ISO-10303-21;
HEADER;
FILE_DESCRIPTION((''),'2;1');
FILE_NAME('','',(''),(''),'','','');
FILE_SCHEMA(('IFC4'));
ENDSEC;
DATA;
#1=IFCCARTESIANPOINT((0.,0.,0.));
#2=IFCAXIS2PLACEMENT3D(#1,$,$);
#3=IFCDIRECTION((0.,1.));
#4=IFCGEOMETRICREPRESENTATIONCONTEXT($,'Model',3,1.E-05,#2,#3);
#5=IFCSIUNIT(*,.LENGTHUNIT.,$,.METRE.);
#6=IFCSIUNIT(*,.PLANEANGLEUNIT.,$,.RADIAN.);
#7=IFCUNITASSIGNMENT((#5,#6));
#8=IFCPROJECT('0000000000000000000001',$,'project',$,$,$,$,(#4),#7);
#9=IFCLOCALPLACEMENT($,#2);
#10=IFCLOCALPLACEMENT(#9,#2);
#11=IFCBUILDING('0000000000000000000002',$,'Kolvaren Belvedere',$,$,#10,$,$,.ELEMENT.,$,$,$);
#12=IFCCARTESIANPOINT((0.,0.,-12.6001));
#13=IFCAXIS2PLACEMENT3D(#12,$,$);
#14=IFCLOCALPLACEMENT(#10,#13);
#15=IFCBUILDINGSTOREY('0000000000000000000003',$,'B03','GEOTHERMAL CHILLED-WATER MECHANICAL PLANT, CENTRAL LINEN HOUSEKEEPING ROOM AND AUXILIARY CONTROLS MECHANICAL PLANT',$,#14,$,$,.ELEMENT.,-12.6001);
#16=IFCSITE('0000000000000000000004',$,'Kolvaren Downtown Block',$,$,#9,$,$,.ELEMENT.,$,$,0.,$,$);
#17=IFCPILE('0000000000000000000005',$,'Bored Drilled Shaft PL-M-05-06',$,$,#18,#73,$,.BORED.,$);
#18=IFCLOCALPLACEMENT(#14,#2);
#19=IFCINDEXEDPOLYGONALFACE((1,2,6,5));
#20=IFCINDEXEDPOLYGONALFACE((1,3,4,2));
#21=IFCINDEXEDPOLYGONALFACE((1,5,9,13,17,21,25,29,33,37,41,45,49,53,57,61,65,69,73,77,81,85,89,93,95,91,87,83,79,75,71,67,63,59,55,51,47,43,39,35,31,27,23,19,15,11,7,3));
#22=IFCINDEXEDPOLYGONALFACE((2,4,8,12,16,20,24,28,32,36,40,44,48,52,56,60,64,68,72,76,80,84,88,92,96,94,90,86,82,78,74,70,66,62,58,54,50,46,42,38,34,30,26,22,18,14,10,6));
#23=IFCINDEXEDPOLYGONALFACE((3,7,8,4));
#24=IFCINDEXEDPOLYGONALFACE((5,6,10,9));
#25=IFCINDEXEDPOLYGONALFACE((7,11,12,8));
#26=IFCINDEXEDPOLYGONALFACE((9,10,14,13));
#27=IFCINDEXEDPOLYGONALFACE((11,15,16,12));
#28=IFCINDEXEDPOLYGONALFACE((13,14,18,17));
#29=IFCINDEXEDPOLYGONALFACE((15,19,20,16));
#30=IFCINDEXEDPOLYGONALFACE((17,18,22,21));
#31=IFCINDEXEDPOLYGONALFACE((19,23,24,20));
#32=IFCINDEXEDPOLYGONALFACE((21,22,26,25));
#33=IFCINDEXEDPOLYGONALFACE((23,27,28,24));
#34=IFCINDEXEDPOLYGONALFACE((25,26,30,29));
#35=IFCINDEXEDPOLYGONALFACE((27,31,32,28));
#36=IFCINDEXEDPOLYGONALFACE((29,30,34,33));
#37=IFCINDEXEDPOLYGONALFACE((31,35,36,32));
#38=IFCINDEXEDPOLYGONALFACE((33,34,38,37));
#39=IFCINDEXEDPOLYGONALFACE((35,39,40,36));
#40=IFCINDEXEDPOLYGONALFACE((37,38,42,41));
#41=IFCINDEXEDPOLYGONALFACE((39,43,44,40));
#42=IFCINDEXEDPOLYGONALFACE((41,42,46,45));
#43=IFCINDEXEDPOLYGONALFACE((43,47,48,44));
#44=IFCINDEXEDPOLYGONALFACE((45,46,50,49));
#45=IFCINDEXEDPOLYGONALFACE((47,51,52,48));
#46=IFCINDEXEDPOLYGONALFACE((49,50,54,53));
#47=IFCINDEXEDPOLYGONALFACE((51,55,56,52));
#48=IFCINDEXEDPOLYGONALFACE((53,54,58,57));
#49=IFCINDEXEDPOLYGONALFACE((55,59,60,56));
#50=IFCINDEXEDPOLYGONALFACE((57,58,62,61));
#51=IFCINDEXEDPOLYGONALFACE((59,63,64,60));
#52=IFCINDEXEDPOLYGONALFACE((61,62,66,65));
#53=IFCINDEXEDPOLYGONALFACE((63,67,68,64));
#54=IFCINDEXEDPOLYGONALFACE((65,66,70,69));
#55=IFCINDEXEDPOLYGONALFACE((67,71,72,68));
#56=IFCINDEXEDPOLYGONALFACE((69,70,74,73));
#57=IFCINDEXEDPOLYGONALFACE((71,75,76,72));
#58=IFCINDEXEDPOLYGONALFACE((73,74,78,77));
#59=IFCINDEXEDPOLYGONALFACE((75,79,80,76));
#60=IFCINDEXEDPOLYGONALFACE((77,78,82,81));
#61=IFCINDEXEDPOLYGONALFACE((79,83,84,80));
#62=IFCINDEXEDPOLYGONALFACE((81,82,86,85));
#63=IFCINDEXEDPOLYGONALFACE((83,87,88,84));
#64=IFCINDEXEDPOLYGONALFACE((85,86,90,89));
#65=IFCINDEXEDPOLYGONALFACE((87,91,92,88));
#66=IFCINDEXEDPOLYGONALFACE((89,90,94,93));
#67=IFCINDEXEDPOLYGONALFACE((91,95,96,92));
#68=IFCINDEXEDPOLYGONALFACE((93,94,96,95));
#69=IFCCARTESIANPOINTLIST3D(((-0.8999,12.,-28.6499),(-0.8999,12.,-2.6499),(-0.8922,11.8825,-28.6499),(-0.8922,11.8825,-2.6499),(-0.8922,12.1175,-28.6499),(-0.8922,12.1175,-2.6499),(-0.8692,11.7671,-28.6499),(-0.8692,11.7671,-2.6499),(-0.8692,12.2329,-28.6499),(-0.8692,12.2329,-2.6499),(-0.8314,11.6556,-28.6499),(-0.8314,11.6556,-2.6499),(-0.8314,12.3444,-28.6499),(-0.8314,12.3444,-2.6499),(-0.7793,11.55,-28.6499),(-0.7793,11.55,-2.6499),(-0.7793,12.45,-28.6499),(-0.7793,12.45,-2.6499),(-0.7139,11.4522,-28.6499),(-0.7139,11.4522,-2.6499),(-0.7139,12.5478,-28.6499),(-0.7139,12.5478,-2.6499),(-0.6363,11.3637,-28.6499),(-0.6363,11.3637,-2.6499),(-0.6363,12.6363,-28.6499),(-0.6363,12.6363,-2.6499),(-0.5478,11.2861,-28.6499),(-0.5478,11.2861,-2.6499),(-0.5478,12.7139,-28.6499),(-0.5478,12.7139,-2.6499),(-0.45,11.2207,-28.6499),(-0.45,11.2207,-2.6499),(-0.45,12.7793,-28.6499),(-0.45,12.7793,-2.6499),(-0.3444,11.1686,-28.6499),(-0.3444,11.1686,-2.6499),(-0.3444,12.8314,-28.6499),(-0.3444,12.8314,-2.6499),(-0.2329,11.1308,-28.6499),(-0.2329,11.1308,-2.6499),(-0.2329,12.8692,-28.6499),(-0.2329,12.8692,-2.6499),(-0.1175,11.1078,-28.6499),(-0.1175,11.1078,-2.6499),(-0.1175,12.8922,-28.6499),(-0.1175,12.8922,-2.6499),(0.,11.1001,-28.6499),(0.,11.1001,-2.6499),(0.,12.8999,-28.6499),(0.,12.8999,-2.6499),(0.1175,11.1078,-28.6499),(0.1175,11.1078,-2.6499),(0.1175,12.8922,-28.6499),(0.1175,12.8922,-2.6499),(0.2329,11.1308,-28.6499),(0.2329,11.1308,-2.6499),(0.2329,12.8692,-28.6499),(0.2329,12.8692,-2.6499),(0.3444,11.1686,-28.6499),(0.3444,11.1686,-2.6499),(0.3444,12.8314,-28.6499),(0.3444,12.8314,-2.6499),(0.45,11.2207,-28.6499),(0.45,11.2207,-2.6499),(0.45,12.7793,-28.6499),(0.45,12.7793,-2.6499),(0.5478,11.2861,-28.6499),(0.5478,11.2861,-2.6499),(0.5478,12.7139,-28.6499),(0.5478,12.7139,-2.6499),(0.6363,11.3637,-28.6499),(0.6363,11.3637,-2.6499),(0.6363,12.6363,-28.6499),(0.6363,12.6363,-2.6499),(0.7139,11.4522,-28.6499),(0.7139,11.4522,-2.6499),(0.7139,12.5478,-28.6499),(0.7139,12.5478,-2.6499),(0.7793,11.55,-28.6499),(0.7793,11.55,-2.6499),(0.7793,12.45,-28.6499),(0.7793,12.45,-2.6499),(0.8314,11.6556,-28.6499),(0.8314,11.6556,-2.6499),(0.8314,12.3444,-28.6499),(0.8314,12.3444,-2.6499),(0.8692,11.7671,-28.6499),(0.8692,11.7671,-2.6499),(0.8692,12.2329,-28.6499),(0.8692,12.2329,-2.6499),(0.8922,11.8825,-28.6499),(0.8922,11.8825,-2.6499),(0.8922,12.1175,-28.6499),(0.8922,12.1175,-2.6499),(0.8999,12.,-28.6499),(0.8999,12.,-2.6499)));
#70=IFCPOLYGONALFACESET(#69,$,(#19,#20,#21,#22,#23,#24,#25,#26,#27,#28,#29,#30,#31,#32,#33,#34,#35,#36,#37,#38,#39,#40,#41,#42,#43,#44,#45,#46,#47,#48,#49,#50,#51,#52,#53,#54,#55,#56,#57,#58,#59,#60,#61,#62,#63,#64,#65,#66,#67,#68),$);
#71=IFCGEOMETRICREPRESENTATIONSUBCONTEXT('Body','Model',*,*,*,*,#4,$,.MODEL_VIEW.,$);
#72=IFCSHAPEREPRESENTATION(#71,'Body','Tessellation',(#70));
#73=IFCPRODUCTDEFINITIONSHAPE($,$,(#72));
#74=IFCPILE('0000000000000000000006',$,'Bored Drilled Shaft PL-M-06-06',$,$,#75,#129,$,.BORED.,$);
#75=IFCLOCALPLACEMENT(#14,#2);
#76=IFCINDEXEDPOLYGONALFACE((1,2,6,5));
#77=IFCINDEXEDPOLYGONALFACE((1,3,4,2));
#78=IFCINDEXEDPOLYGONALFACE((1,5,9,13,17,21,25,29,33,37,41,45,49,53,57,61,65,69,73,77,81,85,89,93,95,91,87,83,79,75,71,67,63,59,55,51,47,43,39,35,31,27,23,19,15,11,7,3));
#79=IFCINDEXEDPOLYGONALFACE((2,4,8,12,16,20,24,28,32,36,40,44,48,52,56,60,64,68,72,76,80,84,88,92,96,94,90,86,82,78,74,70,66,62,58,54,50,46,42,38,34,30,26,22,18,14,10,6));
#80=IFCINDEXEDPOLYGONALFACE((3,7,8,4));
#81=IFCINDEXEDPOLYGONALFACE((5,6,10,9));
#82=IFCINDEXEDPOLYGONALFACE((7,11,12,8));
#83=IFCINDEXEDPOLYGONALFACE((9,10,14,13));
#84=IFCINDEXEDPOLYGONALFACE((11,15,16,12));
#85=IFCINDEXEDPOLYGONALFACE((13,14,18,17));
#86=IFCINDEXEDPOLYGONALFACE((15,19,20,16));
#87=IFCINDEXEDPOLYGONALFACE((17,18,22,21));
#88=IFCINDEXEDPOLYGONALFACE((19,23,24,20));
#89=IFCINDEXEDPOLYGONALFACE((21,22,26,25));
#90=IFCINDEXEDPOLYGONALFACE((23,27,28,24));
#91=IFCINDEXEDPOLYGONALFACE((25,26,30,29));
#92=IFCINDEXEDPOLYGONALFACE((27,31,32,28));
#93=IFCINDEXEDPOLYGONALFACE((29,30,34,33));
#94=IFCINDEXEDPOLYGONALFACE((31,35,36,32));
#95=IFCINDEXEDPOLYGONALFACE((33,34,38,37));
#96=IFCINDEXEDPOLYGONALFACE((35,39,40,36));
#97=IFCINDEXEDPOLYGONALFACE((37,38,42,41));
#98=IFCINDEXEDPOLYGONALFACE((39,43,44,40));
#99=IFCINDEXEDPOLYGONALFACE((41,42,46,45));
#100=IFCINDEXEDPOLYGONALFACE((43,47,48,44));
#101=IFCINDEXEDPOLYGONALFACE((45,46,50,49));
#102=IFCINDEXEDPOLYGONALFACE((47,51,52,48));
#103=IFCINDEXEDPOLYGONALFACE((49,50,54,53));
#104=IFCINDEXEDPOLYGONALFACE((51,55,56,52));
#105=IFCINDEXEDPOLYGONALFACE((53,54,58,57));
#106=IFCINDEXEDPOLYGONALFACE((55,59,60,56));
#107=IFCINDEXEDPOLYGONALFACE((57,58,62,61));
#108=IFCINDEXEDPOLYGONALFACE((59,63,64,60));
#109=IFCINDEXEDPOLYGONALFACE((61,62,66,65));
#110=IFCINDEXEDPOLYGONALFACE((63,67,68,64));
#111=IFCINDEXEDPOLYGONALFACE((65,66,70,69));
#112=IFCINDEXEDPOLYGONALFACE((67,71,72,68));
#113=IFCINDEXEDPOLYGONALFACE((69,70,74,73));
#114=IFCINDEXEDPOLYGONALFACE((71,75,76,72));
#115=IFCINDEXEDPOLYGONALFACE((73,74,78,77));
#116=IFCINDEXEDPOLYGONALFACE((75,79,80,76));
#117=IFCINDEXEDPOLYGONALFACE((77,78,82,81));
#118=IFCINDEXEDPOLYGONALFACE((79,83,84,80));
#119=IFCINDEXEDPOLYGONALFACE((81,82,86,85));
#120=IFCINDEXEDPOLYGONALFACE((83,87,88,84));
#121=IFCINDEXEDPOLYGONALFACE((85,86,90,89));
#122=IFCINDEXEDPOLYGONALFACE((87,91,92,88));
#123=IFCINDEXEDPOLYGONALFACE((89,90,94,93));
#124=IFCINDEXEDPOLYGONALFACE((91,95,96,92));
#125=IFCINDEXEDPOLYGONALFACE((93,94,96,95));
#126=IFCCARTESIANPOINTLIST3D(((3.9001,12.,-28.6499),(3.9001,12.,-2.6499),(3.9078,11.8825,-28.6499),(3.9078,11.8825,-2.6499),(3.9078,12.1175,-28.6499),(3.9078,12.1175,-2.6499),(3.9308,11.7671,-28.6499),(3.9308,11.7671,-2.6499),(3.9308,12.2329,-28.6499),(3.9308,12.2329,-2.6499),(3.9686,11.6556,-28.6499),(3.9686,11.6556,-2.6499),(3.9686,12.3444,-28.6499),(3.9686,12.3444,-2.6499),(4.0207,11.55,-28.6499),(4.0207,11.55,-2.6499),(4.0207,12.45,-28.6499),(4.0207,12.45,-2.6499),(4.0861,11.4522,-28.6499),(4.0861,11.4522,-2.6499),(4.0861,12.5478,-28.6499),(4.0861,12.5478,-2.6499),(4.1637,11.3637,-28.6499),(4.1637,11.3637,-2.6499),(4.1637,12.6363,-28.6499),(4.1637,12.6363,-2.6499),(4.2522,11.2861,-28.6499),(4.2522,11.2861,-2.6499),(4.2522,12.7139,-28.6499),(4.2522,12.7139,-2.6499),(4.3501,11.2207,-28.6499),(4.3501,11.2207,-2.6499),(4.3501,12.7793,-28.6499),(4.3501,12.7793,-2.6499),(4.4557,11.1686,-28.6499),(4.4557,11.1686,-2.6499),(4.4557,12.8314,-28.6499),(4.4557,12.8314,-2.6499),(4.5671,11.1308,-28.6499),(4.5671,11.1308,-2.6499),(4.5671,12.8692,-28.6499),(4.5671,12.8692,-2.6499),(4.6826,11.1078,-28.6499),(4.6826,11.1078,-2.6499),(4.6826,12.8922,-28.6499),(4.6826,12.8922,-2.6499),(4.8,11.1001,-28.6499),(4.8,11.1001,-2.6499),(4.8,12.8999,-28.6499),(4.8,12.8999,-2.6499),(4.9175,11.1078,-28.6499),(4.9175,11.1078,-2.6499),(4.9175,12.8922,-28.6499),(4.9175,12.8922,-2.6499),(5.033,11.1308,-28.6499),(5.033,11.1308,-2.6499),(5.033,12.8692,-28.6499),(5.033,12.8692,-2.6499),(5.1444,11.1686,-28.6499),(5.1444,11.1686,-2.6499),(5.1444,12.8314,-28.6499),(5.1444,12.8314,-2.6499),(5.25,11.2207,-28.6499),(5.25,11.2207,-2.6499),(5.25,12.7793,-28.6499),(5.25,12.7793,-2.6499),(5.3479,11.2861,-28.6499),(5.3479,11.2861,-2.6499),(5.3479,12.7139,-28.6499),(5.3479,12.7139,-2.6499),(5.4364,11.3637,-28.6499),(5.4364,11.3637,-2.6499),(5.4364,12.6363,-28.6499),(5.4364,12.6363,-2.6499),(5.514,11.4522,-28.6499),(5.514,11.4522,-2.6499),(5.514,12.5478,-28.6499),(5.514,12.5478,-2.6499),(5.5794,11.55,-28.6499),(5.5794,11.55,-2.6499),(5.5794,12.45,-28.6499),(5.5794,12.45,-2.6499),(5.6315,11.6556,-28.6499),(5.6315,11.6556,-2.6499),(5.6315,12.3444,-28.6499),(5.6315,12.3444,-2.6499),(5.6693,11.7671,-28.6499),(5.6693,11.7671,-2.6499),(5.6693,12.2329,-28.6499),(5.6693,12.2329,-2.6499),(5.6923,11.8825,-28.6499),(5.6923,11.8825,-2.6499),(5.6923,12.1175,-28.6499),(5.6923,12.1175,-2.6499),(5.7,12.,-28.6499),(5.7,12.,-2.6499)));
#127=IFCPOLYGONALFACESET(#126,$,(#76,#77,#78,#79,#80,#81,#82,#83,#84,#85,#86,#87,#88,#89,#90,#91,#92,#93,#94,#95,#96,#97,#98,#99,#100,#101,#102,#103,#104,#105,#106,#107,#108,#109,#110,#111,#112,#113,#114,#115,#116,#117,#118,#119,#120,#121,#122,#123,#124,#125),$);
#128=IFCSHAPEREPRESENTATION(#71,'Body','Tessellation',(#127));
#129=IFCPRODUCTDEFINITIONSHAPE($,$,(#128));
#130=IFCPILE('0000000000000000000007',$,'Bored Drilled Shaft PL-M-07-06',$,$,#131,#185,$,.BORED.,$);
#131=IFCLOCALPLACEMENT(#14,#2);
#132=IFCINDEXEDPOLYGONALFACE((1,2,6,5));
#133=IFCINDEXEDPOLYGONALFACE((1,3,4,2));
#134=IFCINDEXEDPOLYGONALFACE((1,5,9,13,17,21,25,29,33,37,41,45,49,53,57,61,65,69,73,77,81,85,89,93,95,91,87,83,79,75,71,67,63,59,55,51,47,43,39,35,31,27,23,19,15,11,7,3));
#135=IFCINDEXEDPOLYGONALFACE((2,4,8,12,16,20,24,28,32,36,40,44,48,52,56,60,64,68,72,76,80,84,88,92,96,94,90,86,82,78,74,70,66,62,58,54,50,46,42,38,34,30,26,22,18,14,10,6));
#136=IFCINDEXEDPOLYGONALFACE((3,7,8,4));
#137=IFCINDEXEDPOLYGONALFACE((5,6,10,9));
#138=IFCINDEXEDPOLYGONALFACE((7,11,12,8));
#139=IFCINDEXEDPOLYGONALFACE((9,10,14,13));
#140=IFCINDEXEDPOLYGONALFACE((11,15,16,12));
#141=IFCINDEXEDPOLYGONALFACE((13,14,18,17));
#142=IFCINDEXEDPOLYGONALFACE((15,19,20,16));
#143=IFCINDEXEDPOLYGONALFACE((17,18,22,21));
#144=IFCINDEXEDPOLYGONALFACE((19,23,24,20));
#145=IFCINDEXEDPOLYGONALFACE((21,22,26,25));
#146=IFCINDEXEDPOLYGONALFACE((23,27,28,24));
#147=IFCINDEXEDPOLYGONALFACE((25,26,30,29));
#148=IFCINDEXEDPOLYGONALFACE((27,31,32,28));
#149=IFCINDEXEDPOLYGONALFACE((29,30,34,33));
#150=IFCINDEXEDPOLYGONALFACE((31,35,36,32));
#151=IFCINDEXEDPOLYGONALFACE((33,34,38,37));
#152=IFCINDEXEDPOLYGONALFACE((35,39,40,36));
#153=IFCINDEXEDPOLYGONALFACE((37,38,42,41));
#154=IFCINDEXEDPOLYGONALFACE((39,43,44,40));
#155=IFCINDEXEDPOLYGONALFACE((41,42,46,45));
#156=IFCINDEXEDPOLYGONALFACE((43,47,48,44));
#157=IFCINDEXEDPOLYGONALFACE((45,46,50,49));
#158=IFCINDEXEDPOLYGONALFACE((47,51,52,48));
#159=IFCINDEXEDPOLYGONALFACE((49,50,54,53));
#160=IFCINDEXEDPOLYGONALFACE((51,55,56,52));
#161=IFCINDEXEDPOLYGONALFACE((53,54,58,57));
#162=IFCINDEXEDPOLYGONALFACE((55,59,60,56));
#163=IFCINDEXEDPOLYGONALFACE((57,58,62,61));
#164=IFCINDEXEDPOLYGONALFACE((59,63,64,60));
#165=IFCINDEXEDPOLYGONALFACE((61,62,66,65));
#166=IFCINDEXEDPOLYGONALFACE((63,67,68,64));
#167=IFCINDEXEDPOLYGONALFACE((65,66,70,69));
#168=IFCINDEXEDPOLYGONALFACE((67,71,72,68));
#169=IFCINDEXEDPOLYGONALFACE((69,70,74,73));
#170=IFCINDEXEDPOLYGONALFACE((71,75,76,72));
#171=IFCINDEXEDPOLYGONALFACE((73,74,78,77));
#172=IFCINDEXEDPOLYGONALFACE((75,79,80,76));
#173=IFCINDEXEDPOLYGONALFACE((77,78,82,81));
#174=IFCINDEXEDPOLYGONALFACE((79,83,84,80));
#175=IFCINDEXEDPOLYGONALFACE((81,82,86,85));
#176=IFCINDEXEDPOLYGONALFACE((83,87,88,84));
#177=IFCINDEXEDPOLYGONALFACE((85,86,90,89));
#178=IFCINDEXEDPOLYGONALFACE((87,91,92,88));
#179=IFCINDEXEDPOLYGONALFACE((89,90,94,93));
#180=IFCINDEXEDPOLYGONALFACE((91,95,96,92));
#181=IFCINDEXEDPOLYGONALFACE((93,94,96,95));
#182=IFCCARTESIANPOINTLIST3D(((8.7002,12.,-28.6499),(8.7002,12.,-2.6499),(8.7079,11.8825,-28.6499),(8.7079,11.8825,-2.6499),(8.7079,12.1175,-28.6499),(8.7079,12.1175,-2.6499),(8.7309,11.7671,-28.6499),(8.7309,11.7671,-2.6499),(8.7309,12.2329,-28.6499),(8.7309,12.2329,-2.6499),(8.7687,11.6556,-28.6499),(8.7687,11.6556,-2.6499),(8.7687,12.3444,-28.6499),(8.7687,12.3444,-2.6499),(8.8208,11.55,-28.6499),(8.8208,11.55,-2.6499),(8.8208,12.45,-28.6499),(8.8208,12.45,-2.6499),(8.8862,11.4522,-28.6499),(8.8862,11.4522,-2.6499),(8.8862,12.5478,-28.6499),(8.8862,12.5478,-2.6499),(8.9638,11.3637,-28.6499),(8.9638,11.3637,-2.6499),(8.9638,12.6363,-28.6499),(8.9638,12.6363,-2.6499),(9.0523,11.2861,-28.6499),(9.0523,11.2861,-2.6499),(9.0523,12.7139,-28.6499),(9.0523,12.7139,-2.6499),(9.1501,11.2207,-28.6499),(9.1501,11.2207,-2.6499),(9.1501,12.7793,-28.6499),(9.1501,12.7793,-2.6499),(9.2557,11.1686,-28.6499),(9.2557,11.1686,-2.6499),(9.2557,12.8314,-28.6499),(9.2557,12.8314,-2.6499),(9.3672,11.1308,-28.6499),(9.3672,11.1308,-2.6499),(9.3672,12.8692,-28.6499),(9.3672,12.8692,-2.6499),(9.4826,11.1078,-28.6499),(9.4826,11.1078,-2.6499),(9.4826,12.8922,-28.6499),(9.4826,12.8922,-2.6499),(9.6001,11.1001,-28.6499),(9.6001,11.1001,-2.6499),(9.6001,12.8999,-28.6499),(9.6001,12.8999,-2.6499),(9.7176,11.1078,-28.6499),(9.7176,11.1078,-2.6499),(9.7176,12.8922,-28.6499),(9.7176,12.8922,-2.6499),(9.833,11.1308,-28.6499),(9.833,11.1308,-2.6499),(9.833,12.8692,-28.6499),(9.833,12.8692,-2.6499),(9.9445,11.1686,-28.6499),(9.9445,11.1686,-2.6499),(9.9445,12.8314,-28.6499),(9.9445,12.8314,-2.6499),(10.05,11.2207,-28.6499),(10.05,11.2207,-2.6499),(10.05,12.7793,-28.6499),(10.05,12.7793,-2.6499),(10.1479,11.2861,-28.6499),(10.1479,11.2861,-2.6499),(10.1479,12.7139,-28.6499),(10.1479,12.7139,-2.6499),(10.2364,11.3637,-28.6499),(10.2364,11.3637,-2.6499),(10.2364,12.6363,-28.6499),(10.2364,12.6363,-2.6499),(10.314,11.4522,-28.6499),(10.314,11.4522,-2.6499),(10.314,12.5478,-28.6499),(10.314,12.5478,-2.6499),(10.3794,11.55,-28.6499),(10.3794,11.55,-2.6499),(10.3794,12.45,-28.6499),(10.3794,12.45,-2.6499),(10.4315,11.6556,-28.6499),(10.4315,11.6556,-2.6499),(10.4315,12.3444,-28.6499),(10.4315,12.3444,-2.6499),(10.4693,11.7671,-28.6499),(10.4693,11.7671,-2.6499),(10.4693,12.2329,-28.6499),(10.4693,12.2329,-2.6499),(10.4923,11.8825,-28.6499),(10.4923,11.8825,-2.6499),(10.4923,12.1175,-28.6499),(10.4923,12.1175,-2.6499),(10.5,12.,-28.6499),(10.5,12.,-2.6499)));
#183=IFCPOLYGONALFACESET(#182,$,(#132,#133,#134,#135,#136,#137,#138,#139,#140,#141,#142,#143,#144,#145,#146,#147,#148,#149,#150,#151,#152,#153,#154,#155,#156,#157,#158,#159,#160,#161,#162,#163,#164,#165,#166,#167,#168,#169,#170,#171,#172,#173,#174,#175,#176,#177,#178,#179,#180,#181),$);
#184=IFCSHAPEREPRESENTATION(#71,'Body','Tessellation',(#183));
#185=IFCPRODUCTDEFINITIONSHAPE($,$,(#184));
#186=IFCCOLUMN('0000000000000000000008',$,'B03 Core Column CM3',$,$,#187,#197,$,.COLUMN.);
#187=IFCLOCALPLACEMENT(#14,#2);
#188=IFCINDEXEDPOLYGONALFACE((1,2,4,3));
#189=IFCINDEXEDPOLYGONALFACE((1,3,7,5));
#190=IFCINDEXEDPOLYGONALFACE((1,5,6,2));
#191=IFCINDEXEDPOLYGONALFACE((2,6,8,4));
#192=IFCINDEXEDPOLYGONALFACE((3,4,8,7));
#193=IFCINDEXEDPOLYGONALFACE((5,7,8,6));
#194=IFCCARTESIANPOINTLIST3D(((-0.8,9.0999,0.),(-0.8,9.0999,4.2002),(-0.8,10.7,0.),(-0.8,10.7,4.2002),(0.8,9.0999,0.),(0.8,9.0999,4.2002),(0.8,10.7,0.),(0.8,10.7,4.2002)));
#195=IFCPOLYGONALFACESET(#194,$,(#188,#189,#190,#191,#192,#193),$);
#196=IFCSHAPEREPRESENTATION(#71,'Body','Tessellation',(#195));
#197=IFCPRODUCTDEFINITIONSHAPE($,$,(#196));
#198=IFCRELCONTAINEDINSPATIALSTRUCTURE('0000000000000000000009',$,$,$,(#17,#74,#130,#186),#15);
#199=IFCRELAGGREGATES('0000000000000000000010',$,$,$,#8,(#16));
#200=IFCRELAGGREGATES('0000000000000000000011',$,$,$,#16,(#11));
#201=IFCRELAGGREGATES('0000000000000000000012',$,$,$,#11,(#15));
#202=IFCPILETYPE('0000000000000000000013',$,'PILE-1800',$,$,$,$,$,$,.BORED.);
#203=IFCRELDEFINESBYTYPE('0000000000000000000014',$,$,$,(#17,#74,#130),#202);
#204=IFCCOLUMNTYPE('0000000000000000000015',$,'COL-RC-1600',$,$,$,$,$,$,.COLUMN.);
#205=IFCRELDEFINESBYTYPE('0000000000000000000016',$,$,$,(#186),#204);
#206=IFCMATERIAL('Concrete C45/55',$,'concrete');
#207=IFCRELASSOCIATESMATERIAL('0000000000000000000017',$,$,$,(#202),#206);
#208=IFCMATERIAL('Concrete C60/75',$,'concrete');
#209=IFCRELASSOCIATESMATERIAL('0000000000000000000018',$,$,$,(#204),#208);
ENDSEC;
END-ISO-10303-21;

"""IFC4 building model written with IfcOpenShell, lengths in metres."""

from ifc_helpers import new_model, si_unit, direction, frame, origin, origin_2d, place, context, subcontext, project, spatial, rectangle, circle, extrude, material, material_profile, profile_set, type_object, element, save


model = new_model("IFC4")

# Units and contexts
model_context = context("Model", 3, precision=1e-05, world=origin(), true_north=direction((0.0, 1.0)))
body_context = subcontext(model_context, "Body", "Model", "MODEL_VIEW")
ifc_project = project(units=[si_unit("LENGTHUNIT", "METRE"), si_unit("PLANEANGLEUNIT", "RADIAN")], contexts=[model_context])

# Site, building, storey
site_placement = place(None, origin())
site = spatial("IfcSite", under=ifc_project, at=site_placement, Name="Kolvaren Downtown Block", CompositionType="ELEMENT", RefElevation=0.0)
building_placement = place(site_placement, origin())
building = spatial("IfcBuilding", under=site, at=building_placement, Name="Kolvaren Belvedere", CompositionType="ELEMENT")
storey_placement = place(building_placement, frame((0.0, 0.0, -12.6001)))
storey = spatial("IfcBuildingStorey", under=building, at=storey_placement, Name="B03", Description="GEOTHERMAL CHILLED-WATER MECHANICAL PLANT, CENTRAL LINEN HOUSEKEEPING ROOM AND AUXILIARY CONTROLS MECHANICAL PLANT", CompositionType="ELEMENT", Elevation=-12.6001)

# Piles
ifc_material_1 = material(Name="Concrete C45/55", Category="concrete")
ifc_material_profile_1 = material_profile(ifc_material_1, circle(Radius=0.8999, at=origin_2d()), Name="BORED PILE D1800")
ifc_profile_set_1 = profile_set([ifc_material_profile_1], Name="Concrete C45/55")
pile_type_1 = type_object("IfcPileType", Name="PILE-1800", PredefinedType="BORED", material=ifc_profile_set_1)
for number, where, z_axis, x_axis, name in (
    (1, (0.0, 12.0, -2.6499), (0.0, 0.0, -1.0), (1.0, 0.0, 0.0), "Bored Drilled Shaft PL-M-05-06"),
    (2, (4.8, 12.0, -2.6499), (0.0, 0.0, -1.0), (1.0, 0.0, 0.0), "Bored Drilled Shaft PL-M-06-06"),
    (3, (9.6001, 12.0, -2.6499), (0.0, 0.0, -1.0), (1.0, 0.0, 0.0), "Bored Drilled Shaft PL-M-07-06"),
):
    element("IfcPile", number, at=place(storey_placement, frame(where, z_axis=z_axis, x_axis=x_axis)), inside=storey, type_object=pile_type_1, Name=name, PredefinedType="BORED", context=body_context, shape_type="SweptSolid", body=[
        extrude(circle(Radius=0.8999, at=origin_2d()), origin(), (0.0, 0.0, 1.0), 26.0),
    ])

# Column
ifc_material_2 = material(Name="Concrete C60/75", Category="concrete")
ifc_material_profile_2 = material_profile(ifc_material_2, rectangle(XDim=1.6001, YDim=1.6001, at=origin_2d()), Name="RC 1600X1600")
ifc_profile_set_2 = profile_set([ifc_material_profile_2], Name="Concrete C60/75")
column_type = type_object("IfcColumnType", Name="COL-RC-1600", PredefinedType="COLUMN", material=ifc_profile_set_2)
column_placement = place(storey_placement, frame((0.0, 9.8999, 0.0), z_axis=(0.0, 0.0, 1.0), x_axis=(1.0, 0.0, 0.0)))
element("IfcColumn", 4, at=column_placement, inside=storey, type_object=column_type, Name="B03 Core Column CM3", PredefinedType="COLUMN", context=body_context, shape_type="SweptSolid", body=[
    extrude(rectangle(XDim=1.6001, YDim=1.6001, at=origin_2d()), origin(), (0.0, 0.0, 1.0), 4.2002),
])

save(model, "model.ifc")
